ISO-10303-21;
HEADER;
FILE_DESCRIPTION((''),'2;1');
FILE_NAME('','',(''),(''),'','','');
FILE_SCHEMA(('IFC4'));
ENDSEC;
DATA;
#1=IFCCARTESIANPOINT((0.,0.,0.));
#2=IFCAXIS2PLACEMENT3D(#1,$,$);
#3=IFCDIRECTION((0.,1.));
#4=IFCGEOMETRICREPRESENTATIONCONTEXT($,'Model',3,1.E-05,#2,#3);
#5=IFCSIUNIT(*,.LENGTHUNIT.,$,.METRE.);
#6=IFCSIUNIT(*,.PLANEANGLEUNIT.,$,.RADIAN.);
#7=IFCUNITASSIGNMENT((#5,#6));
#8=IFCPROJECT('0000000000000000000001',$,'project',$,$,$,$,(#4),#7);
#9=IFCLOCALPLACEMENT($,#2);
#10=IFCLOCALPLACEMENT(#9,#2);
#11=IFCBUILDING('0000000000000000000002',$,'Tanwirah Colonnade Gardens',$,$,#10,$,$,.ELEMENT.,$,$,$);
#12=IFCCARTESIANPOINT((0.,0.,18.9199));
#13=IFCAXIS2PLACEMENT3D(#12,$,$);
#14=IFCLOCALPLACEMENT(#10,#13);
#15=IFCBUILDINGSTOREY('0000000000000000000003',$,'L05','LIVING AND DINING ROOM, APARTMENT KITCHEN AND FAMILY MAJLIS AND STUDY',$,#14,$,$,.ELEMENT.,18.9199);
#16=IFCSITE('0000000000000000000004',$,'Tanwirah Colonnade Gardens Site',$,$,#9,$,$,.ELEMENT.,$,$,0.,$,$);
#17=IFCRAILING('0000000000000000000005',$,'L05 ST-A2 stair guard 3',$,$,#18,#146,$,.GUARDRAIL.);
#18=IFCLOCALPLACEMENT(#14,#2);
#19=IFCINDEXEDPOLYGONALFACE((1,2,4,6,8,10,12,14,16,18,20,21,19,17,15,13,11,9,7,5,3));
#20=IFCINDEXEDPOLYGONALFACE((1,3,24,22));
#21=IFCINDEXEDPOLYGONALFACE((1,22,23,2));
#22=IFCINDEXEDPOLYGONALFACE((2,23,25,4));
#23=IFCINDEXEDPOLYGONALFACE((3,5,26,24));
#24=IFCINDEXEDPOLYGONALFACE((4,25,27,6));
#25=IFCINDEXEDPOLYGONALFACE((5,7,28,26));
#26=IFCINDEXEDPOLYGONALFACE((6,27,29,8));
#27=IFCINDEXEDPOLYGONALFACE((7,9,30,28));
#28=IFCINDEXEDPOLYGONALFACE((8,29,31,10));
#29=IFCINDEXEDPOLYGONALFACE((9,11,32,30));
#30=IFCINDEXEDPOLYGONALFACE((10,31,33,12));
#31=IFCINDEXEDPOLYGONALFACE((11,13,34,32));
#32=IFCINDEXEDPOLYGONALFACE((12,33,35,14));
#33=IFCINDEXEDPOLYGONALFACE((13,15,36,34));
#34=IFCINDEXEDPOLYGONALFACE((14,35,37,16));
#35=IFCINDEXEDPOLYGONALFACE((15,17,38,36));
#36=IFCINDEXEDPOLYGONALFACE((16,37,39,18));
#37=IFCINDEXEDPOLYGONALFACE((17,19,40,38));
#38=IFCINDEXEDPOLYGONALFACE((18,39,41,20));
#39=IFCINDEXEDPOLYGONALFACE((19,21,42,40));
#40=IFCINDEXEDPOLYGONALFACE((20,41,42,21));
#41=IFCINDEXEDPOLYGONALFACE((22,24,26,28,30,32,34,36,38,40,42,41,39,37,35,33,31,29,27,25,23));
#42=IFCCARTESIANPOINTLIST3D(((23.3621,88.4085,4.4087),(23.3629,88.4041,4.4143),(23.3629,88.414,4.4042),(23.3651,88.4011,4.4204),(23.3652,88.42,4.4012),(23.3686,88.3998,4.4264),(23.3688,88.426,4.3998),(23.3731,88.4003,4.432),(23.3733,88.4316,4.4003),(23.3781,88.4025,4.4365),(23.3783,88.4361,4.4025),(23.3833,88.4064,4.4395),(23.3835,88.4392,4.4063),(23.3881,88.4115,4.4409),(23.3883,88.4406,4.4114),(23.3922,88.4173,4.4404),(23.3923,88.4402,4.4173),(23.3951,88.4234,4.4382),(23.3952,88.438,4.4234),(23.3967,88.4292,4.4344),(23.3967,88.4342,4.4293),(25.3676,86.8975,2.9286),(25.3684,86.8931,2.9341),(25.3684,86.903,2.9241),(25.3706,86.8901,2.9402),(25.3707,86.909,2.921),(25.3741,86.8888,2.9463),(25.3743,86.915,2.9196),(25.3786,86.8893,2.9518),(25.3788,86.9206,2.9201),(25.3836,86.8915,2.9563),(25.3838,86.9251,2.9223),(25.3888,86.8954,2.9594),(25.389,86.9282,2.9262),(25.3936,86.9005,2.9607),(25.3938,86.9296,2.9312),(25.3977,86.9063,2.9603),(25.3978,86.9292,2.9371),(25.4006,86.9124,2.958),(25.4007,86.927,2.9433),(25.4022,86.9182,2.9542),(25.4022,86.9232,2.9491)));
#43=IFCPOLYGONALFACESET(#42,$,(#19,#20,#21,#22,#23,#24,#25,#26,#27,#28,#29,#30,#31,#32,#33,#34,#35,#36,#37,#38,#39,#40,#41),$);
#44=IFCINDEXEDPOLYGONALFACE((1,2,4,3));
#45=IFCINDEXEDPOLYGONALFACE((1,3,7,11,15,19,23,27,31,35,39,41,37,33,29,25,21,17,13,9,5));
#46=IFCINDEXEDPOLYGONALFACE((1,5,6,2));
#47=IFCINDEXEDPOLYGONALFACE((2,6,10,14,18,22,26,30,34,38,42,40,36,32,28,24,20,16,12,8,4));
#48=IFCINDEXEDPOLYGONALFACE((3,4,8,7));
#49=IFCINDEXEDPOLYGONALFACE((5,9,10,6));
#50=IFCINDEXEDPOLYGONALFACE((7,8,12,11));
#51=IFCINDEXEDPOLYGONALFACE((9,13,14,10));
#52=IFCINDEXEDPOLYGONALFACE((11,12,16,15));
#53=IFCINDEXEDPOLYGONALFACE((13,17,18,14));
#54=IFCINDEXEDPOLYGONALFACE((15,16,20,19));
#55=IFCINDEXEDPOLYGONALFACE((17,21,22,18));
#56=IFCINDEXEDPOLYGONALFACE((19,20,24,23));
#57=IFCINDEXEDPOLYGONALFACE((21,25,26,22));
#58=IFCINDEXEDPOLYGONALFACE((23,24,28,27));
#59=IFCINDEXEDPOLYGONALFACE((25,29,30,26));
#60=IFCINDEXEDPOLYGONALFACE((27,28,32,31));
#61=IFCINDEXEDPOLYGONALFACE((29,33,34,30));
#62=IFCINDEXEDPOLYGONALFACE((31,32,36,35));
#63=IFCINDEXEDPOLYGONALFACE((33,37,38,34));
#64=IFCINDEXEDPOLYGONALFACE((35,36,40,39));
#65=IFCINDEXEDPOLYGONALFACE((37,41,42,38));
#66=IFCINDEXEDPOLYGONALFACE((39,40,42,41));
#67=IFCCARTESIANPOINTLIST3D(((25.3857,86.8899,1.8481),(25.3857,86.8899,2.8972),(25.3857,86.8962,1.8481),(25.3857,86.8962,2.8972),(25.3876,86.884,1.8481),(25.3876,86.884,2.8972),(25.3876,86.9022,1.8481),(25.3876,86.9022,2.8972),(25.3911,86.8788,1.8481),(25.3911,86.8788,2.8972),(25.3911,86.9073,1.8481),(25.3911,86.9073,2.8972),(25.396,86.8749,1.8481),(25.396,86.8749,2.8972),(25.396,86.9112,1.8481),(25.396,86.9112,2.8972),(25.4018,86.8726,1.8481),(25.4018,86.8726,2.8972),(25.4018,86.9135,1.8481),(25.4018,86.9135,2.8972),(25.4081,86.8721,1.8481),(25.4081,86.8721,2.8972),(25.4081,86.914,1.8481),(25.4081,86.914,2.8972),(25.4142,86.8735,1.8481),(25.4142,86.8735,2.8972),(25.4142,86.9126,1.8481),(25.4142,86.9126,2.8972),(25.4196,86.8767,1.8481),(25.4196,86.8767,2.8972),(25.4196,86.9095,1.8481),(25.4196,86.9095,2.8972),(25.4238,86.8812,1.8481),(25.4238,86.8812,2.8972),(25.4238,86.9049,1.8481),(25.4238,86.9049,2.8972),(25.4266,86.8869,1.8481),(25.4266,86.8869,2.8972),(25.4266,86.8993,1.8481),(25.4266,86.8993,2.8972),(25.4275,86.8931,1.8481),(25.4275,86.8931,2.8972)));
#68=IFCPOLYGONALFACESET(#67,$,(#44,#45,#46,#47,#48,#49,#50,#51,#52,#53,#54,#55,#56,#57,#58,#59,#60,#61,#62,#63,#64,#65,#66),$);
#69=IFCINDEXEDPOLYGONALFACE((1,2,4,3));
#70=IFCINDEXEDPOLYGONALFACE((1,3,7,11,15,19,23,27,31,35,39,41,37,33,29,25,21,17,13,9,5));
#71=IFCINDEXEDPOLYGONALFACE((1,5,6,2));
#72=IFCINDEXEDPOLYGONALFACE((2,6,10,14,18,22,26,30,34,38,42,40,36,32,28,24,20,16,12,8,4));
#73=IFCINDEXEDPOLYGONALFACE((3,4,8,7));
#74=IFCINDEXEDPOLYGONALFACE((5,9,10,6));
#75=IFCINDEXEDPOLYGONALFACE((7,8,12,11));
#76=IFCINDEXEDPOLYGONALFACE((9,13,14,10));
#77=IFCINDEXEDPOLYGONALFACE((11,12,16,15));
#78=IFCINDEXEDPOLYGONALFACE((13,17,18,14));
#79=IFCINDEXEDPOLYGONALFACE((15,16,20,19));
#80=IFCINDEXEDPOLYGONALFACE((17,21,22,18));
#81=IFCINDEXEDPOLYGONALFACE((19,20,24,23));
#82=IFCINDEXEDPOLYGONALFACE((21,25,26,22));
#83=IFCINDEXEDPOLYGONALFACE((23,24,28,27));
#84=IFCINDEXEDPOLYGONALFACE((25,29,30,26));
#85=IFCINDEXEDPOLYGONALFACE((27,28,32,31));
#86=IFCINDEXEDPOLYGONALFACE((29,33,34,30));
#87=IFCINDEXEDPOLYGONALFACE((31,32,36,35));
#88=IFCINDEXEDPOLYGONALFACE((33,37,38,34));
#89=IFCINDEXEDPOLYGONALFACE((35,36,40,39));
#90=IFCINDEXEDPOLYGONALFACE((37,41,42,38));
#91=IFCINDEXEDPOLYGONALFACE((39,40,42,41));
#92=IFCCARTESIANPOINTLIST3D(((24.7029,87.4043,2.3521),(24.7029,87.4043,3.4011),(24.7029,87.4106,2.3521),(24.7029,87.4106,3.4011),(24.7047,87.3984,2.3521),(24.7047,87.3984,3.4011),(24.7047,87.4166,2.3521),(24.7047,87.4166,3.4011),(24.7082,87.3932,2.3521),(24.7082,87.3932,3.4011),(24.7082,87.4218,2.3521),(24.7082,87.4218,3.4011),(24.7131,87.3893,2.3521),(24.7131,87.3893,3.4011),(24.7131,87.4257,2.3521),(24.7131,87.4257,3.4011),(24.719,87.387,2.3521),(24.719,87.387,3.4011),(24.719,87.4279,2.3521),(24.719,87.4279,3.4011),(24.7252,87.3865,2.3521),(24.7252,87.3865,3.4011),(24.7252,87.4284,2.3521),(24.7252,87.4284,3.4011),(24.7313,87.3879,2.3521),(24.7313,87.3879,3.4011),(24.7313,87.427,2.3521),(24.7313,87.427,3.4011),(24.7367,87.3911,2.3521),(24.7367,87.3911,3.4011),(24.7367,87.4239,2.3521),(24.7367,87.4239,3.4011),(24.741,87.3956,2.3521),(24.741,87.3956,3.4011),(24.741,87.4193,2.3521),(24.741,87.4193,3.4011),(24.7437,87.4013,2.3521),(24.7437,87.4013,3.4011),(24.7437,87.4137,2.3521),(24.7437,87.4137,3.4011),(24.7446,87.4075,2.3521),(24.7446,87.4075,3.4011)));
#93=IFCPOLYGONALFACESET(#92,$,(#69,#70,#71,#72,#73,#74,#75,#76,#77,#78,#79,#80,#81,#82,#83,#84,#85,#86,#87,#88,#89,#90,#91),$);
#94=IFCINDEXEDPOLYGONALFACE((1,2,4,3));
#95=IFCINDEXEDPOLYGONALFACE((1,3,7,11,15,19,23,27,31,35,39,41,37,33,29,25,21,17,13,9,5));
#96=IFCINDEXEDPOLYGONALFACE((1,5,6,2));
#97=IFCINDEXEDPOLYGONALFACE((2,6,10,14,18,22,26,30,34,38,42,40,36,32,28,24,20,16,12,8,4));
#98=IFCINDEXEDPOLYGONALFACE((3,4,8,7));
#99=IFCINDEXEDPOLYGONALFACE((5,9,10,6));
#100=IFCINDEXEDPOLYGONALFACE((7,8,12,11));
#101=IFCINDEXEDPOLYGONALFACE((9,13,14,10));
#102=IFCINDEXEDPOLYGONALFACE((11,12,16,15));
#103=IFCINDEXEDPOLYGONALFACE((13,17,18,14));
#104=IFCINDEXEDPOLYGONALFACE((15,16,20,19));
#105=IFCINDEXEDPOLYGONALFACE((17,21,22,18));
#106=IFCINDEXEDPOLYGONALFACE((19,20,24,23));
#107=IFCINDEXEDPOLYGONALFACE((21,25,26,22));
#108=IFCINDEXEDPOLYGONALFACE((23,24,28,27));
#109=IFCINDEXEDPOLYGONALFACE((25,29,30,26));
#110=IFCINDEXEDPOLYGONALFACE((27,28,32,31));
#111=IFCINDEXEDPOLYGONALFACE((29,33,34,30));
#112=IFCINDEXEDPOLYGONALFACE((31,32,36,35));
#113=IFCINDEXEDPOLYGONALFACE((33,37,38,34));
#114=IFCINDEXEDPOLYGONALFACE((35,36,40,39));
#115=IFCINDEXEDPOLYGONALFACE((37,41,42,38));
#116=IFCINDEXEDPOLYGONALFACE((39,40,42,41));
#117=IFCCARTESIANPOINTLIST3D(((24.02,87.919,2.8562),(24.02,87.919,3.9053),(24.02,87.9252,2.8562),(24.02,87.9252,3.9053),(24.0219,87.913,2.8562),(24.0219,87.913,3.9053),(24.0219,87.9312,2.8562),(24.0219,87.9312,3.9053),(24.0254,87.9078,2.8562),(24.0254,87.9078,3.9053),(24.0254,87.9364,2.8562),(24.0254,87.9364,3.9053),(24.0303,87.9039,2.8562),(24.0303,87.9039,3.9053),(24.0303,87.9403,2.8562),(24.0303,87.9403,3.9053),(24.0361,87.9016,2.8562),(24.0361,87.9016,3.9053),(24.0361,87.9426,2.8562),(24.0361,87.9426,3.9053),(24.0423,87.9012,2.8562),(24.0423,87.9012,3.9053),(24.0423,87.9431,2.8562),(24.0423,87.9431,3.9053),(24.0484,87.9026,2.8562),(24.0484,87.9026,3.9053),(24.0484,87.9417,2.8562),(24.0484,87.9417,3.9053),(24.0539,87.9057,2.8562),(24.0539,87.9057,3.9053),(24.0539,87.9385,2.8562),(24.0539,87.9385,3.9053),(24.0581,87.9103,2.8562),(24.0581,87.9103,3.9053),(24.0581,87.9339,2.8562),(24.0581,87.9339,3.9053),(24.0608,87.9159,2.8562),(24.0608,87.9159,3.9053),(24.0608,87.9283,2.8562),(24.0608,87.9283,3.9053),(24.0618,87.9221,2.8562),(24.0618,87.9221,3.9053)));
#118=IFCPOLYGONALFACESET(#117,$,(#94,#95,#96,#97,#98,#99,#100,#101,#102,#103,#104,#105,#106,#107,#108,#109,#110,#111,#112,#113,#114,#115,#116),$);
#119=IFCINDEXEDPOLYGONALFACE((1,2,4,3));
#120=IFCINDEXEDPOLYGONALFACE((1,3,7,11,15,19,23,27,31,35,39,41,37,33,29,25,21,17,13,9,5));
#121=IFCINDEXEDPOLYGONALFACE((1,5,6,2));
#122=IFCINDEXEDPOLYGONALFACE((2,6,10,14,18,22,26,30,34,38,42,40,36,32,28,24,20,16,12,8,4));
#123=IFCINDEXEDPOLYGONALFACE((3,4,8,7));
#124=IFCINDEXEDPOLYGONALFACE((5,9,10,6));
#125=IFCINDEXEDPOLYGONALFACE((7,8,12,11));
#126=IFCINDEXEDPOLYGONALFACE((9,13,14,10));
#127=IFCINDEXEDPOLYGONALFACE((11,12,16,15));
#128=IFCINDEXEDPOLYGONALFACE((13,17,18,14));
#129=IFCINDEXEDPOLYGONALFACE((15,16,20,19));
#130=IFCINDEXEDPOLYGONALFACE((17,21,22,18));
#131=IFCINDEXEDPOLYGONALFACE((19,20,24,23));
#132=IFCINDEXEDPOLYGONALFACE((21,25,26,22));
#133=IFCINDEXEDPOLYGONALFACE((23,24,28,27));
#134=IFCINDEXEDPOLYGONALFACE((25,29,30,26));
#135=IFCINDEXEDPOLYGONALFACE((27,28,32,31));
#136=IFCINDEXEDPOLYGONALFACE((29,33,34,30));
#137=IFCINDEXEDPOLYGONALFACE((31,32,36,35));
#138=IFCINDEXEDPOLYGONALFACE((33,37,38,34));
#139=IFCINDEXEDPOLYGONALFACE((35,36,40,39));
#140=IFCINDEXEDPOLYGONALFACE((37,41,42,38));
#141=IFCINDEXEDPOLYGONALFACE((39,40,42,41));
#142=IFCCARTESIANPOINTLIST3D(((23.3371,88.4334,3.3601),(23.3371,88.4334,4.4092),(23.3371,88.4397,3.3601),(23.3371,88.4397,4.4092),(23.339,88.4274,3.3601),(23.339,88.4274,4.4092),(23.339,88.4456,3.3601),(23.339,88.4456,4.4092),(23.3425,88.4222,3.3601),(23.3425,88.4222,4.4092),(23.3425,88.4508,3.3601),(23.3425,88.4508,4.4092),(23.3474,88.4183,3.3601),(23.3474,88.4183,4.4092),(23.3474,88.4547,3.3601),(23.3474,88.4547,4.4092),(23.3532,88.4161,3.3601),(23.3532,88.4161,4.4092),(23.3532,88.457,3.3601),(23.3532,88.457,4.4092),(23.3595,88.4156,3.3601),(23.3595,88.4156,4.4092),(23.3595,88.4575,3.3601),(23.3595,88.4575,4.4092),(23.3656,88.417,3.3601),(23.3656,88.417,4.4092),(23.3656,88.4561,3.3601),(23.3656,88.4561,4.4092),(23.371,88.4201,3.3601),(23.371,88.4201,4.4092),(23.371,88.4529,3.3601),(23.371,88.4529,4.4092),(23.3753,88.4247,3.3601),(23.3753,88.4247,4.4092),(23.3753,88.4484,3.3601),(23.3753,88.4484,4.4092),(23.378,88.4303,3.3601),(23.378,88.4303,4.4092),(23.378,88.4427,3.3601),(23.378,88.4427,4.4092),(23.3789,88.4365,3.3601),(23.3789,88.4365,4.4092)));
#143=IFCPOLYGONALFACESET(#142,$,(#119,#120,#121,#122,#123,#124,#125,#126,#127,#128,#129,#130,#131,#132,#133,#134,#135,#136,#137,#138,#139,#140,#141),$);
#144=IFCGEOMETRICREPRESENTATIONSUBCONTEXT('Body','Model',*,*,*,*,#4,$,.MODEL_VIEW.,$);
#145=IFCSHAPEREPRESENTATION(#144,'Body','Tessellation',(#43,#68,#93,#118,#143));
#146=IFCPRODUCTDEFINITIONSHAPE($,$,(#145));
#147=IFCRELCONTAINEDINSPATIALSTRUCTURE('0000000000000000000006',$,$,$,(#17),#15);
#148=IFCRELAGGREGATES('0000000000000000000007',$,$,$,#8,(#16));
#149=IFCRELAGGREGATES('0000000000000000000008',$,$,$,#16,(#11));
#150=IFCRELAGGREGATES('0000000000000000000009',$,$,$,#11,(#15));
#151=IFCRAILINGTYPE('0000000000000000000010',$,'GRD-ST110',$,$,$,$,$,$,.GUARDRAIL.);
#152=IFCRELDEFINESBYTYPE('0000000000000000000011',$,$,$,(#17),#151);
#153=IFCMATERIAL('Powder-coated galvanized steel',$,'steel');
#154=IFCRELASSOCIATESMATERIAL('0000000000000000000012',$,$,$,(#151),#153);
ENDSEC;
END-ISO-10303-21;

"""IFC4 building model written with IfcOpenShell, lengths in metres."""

from ifc_helpers import new_model, si_unit, direction, frame, origin, origin_2d, place, context, subcontext, project, spatial, circle, extrude, material, type_object, element, save


model = new_model("IFC4")

# Units and contexts
model_context = context("Model", 3, precision=1e-05, world=origin(), true_north=direction((0.0, 1.0)))
body_context = subcontext(model_context, "Body", "Model", "MODEL_VIEW")
ifc_project = project(units=[si_unit("LENGTHUNIT", "METRE"), si_unit("PLANEANGLEUNIT", "RADIAN")], contexts=[model_context])

# Site, building, storey
site_placement = place(None, origin())
site = spatial("IfcSite", under=ifc_project, at=site_placement, Name="Tanwirah Colonnade Gardens Site", CompositionType="ELEMENT", RefElevation=0.0)
building_placement = place(site_placement, origin())
building = spatial("IfcBuilding", under=site, at=building_placement, Name="Tanwirah Colonnade Gardens", CompositionType="ELEMENT")
storey_placement = place(building_placement, frame((0.0, 0.0, 18.9199)))
storey = spatial("IfcBuildingStorey", under=building, at=storey_placement, Name="L05", Description="LIVING AND DINING ROOM, APARTMENT KITCHEN AND FAMILY MAJLIS AND STUDY", CompositionType="ELEMENT", Elevation=18.9199)

# Railing
ifc_material_1 = material(Name="Powder-coated galvanized steel", Category="steel")
railing_type_1 = type_object("IfcRailingType", Name="GRD-ST110", PredefinedType="GUARDRAIL", material=ifc_material_1)
railing_1_placement = place(storey_placement, frame((25.4065, 86.8931, 1.8481)))
element("IfcRailing", 1, at=railing_1_placement, inside=storey, type_object=railing_type_1, Name="L05 ST-A2 stair guard 3", PredefinedType="GUARDRAIL", context=body_context, shape_type="SweptSolid", body=[
    extrude(circle(Radius=0.0239, at=origin_2d()), frame((-0.0215, 0.0161, 1.092), z_axis=(-0.688042, 0.518389, 0.507811), x_axis=(-0.60175, -0.798685, 0.0)), (0.0, 0.0, 1.0), 2.9148),
    extrude(circle(Radius=0.021, at=origin_2d()), origin(), (0.0, 0.0, 1.0), 1.0491),
    extrude(circle(Radius=0.021, at=origin_2d()), frame((-0.6829, 0.5144, 0.5039)), (0.0, 0.0, 1.0), 1.0491),
    extrude(circle(Radius=0.021, at=origin_2d()), frame((-1.3657, 1.0291, 1.0081)), (0.0, 0.0, 1.0), 1.0491),
    extrude(circle(Radius=0.021, at=origin_2d()), frame((-2.0486, 1.5435, 1.512)), (0.0, 0.0, 1.0), 1.0491),
])

save(model, "model.ifc")
